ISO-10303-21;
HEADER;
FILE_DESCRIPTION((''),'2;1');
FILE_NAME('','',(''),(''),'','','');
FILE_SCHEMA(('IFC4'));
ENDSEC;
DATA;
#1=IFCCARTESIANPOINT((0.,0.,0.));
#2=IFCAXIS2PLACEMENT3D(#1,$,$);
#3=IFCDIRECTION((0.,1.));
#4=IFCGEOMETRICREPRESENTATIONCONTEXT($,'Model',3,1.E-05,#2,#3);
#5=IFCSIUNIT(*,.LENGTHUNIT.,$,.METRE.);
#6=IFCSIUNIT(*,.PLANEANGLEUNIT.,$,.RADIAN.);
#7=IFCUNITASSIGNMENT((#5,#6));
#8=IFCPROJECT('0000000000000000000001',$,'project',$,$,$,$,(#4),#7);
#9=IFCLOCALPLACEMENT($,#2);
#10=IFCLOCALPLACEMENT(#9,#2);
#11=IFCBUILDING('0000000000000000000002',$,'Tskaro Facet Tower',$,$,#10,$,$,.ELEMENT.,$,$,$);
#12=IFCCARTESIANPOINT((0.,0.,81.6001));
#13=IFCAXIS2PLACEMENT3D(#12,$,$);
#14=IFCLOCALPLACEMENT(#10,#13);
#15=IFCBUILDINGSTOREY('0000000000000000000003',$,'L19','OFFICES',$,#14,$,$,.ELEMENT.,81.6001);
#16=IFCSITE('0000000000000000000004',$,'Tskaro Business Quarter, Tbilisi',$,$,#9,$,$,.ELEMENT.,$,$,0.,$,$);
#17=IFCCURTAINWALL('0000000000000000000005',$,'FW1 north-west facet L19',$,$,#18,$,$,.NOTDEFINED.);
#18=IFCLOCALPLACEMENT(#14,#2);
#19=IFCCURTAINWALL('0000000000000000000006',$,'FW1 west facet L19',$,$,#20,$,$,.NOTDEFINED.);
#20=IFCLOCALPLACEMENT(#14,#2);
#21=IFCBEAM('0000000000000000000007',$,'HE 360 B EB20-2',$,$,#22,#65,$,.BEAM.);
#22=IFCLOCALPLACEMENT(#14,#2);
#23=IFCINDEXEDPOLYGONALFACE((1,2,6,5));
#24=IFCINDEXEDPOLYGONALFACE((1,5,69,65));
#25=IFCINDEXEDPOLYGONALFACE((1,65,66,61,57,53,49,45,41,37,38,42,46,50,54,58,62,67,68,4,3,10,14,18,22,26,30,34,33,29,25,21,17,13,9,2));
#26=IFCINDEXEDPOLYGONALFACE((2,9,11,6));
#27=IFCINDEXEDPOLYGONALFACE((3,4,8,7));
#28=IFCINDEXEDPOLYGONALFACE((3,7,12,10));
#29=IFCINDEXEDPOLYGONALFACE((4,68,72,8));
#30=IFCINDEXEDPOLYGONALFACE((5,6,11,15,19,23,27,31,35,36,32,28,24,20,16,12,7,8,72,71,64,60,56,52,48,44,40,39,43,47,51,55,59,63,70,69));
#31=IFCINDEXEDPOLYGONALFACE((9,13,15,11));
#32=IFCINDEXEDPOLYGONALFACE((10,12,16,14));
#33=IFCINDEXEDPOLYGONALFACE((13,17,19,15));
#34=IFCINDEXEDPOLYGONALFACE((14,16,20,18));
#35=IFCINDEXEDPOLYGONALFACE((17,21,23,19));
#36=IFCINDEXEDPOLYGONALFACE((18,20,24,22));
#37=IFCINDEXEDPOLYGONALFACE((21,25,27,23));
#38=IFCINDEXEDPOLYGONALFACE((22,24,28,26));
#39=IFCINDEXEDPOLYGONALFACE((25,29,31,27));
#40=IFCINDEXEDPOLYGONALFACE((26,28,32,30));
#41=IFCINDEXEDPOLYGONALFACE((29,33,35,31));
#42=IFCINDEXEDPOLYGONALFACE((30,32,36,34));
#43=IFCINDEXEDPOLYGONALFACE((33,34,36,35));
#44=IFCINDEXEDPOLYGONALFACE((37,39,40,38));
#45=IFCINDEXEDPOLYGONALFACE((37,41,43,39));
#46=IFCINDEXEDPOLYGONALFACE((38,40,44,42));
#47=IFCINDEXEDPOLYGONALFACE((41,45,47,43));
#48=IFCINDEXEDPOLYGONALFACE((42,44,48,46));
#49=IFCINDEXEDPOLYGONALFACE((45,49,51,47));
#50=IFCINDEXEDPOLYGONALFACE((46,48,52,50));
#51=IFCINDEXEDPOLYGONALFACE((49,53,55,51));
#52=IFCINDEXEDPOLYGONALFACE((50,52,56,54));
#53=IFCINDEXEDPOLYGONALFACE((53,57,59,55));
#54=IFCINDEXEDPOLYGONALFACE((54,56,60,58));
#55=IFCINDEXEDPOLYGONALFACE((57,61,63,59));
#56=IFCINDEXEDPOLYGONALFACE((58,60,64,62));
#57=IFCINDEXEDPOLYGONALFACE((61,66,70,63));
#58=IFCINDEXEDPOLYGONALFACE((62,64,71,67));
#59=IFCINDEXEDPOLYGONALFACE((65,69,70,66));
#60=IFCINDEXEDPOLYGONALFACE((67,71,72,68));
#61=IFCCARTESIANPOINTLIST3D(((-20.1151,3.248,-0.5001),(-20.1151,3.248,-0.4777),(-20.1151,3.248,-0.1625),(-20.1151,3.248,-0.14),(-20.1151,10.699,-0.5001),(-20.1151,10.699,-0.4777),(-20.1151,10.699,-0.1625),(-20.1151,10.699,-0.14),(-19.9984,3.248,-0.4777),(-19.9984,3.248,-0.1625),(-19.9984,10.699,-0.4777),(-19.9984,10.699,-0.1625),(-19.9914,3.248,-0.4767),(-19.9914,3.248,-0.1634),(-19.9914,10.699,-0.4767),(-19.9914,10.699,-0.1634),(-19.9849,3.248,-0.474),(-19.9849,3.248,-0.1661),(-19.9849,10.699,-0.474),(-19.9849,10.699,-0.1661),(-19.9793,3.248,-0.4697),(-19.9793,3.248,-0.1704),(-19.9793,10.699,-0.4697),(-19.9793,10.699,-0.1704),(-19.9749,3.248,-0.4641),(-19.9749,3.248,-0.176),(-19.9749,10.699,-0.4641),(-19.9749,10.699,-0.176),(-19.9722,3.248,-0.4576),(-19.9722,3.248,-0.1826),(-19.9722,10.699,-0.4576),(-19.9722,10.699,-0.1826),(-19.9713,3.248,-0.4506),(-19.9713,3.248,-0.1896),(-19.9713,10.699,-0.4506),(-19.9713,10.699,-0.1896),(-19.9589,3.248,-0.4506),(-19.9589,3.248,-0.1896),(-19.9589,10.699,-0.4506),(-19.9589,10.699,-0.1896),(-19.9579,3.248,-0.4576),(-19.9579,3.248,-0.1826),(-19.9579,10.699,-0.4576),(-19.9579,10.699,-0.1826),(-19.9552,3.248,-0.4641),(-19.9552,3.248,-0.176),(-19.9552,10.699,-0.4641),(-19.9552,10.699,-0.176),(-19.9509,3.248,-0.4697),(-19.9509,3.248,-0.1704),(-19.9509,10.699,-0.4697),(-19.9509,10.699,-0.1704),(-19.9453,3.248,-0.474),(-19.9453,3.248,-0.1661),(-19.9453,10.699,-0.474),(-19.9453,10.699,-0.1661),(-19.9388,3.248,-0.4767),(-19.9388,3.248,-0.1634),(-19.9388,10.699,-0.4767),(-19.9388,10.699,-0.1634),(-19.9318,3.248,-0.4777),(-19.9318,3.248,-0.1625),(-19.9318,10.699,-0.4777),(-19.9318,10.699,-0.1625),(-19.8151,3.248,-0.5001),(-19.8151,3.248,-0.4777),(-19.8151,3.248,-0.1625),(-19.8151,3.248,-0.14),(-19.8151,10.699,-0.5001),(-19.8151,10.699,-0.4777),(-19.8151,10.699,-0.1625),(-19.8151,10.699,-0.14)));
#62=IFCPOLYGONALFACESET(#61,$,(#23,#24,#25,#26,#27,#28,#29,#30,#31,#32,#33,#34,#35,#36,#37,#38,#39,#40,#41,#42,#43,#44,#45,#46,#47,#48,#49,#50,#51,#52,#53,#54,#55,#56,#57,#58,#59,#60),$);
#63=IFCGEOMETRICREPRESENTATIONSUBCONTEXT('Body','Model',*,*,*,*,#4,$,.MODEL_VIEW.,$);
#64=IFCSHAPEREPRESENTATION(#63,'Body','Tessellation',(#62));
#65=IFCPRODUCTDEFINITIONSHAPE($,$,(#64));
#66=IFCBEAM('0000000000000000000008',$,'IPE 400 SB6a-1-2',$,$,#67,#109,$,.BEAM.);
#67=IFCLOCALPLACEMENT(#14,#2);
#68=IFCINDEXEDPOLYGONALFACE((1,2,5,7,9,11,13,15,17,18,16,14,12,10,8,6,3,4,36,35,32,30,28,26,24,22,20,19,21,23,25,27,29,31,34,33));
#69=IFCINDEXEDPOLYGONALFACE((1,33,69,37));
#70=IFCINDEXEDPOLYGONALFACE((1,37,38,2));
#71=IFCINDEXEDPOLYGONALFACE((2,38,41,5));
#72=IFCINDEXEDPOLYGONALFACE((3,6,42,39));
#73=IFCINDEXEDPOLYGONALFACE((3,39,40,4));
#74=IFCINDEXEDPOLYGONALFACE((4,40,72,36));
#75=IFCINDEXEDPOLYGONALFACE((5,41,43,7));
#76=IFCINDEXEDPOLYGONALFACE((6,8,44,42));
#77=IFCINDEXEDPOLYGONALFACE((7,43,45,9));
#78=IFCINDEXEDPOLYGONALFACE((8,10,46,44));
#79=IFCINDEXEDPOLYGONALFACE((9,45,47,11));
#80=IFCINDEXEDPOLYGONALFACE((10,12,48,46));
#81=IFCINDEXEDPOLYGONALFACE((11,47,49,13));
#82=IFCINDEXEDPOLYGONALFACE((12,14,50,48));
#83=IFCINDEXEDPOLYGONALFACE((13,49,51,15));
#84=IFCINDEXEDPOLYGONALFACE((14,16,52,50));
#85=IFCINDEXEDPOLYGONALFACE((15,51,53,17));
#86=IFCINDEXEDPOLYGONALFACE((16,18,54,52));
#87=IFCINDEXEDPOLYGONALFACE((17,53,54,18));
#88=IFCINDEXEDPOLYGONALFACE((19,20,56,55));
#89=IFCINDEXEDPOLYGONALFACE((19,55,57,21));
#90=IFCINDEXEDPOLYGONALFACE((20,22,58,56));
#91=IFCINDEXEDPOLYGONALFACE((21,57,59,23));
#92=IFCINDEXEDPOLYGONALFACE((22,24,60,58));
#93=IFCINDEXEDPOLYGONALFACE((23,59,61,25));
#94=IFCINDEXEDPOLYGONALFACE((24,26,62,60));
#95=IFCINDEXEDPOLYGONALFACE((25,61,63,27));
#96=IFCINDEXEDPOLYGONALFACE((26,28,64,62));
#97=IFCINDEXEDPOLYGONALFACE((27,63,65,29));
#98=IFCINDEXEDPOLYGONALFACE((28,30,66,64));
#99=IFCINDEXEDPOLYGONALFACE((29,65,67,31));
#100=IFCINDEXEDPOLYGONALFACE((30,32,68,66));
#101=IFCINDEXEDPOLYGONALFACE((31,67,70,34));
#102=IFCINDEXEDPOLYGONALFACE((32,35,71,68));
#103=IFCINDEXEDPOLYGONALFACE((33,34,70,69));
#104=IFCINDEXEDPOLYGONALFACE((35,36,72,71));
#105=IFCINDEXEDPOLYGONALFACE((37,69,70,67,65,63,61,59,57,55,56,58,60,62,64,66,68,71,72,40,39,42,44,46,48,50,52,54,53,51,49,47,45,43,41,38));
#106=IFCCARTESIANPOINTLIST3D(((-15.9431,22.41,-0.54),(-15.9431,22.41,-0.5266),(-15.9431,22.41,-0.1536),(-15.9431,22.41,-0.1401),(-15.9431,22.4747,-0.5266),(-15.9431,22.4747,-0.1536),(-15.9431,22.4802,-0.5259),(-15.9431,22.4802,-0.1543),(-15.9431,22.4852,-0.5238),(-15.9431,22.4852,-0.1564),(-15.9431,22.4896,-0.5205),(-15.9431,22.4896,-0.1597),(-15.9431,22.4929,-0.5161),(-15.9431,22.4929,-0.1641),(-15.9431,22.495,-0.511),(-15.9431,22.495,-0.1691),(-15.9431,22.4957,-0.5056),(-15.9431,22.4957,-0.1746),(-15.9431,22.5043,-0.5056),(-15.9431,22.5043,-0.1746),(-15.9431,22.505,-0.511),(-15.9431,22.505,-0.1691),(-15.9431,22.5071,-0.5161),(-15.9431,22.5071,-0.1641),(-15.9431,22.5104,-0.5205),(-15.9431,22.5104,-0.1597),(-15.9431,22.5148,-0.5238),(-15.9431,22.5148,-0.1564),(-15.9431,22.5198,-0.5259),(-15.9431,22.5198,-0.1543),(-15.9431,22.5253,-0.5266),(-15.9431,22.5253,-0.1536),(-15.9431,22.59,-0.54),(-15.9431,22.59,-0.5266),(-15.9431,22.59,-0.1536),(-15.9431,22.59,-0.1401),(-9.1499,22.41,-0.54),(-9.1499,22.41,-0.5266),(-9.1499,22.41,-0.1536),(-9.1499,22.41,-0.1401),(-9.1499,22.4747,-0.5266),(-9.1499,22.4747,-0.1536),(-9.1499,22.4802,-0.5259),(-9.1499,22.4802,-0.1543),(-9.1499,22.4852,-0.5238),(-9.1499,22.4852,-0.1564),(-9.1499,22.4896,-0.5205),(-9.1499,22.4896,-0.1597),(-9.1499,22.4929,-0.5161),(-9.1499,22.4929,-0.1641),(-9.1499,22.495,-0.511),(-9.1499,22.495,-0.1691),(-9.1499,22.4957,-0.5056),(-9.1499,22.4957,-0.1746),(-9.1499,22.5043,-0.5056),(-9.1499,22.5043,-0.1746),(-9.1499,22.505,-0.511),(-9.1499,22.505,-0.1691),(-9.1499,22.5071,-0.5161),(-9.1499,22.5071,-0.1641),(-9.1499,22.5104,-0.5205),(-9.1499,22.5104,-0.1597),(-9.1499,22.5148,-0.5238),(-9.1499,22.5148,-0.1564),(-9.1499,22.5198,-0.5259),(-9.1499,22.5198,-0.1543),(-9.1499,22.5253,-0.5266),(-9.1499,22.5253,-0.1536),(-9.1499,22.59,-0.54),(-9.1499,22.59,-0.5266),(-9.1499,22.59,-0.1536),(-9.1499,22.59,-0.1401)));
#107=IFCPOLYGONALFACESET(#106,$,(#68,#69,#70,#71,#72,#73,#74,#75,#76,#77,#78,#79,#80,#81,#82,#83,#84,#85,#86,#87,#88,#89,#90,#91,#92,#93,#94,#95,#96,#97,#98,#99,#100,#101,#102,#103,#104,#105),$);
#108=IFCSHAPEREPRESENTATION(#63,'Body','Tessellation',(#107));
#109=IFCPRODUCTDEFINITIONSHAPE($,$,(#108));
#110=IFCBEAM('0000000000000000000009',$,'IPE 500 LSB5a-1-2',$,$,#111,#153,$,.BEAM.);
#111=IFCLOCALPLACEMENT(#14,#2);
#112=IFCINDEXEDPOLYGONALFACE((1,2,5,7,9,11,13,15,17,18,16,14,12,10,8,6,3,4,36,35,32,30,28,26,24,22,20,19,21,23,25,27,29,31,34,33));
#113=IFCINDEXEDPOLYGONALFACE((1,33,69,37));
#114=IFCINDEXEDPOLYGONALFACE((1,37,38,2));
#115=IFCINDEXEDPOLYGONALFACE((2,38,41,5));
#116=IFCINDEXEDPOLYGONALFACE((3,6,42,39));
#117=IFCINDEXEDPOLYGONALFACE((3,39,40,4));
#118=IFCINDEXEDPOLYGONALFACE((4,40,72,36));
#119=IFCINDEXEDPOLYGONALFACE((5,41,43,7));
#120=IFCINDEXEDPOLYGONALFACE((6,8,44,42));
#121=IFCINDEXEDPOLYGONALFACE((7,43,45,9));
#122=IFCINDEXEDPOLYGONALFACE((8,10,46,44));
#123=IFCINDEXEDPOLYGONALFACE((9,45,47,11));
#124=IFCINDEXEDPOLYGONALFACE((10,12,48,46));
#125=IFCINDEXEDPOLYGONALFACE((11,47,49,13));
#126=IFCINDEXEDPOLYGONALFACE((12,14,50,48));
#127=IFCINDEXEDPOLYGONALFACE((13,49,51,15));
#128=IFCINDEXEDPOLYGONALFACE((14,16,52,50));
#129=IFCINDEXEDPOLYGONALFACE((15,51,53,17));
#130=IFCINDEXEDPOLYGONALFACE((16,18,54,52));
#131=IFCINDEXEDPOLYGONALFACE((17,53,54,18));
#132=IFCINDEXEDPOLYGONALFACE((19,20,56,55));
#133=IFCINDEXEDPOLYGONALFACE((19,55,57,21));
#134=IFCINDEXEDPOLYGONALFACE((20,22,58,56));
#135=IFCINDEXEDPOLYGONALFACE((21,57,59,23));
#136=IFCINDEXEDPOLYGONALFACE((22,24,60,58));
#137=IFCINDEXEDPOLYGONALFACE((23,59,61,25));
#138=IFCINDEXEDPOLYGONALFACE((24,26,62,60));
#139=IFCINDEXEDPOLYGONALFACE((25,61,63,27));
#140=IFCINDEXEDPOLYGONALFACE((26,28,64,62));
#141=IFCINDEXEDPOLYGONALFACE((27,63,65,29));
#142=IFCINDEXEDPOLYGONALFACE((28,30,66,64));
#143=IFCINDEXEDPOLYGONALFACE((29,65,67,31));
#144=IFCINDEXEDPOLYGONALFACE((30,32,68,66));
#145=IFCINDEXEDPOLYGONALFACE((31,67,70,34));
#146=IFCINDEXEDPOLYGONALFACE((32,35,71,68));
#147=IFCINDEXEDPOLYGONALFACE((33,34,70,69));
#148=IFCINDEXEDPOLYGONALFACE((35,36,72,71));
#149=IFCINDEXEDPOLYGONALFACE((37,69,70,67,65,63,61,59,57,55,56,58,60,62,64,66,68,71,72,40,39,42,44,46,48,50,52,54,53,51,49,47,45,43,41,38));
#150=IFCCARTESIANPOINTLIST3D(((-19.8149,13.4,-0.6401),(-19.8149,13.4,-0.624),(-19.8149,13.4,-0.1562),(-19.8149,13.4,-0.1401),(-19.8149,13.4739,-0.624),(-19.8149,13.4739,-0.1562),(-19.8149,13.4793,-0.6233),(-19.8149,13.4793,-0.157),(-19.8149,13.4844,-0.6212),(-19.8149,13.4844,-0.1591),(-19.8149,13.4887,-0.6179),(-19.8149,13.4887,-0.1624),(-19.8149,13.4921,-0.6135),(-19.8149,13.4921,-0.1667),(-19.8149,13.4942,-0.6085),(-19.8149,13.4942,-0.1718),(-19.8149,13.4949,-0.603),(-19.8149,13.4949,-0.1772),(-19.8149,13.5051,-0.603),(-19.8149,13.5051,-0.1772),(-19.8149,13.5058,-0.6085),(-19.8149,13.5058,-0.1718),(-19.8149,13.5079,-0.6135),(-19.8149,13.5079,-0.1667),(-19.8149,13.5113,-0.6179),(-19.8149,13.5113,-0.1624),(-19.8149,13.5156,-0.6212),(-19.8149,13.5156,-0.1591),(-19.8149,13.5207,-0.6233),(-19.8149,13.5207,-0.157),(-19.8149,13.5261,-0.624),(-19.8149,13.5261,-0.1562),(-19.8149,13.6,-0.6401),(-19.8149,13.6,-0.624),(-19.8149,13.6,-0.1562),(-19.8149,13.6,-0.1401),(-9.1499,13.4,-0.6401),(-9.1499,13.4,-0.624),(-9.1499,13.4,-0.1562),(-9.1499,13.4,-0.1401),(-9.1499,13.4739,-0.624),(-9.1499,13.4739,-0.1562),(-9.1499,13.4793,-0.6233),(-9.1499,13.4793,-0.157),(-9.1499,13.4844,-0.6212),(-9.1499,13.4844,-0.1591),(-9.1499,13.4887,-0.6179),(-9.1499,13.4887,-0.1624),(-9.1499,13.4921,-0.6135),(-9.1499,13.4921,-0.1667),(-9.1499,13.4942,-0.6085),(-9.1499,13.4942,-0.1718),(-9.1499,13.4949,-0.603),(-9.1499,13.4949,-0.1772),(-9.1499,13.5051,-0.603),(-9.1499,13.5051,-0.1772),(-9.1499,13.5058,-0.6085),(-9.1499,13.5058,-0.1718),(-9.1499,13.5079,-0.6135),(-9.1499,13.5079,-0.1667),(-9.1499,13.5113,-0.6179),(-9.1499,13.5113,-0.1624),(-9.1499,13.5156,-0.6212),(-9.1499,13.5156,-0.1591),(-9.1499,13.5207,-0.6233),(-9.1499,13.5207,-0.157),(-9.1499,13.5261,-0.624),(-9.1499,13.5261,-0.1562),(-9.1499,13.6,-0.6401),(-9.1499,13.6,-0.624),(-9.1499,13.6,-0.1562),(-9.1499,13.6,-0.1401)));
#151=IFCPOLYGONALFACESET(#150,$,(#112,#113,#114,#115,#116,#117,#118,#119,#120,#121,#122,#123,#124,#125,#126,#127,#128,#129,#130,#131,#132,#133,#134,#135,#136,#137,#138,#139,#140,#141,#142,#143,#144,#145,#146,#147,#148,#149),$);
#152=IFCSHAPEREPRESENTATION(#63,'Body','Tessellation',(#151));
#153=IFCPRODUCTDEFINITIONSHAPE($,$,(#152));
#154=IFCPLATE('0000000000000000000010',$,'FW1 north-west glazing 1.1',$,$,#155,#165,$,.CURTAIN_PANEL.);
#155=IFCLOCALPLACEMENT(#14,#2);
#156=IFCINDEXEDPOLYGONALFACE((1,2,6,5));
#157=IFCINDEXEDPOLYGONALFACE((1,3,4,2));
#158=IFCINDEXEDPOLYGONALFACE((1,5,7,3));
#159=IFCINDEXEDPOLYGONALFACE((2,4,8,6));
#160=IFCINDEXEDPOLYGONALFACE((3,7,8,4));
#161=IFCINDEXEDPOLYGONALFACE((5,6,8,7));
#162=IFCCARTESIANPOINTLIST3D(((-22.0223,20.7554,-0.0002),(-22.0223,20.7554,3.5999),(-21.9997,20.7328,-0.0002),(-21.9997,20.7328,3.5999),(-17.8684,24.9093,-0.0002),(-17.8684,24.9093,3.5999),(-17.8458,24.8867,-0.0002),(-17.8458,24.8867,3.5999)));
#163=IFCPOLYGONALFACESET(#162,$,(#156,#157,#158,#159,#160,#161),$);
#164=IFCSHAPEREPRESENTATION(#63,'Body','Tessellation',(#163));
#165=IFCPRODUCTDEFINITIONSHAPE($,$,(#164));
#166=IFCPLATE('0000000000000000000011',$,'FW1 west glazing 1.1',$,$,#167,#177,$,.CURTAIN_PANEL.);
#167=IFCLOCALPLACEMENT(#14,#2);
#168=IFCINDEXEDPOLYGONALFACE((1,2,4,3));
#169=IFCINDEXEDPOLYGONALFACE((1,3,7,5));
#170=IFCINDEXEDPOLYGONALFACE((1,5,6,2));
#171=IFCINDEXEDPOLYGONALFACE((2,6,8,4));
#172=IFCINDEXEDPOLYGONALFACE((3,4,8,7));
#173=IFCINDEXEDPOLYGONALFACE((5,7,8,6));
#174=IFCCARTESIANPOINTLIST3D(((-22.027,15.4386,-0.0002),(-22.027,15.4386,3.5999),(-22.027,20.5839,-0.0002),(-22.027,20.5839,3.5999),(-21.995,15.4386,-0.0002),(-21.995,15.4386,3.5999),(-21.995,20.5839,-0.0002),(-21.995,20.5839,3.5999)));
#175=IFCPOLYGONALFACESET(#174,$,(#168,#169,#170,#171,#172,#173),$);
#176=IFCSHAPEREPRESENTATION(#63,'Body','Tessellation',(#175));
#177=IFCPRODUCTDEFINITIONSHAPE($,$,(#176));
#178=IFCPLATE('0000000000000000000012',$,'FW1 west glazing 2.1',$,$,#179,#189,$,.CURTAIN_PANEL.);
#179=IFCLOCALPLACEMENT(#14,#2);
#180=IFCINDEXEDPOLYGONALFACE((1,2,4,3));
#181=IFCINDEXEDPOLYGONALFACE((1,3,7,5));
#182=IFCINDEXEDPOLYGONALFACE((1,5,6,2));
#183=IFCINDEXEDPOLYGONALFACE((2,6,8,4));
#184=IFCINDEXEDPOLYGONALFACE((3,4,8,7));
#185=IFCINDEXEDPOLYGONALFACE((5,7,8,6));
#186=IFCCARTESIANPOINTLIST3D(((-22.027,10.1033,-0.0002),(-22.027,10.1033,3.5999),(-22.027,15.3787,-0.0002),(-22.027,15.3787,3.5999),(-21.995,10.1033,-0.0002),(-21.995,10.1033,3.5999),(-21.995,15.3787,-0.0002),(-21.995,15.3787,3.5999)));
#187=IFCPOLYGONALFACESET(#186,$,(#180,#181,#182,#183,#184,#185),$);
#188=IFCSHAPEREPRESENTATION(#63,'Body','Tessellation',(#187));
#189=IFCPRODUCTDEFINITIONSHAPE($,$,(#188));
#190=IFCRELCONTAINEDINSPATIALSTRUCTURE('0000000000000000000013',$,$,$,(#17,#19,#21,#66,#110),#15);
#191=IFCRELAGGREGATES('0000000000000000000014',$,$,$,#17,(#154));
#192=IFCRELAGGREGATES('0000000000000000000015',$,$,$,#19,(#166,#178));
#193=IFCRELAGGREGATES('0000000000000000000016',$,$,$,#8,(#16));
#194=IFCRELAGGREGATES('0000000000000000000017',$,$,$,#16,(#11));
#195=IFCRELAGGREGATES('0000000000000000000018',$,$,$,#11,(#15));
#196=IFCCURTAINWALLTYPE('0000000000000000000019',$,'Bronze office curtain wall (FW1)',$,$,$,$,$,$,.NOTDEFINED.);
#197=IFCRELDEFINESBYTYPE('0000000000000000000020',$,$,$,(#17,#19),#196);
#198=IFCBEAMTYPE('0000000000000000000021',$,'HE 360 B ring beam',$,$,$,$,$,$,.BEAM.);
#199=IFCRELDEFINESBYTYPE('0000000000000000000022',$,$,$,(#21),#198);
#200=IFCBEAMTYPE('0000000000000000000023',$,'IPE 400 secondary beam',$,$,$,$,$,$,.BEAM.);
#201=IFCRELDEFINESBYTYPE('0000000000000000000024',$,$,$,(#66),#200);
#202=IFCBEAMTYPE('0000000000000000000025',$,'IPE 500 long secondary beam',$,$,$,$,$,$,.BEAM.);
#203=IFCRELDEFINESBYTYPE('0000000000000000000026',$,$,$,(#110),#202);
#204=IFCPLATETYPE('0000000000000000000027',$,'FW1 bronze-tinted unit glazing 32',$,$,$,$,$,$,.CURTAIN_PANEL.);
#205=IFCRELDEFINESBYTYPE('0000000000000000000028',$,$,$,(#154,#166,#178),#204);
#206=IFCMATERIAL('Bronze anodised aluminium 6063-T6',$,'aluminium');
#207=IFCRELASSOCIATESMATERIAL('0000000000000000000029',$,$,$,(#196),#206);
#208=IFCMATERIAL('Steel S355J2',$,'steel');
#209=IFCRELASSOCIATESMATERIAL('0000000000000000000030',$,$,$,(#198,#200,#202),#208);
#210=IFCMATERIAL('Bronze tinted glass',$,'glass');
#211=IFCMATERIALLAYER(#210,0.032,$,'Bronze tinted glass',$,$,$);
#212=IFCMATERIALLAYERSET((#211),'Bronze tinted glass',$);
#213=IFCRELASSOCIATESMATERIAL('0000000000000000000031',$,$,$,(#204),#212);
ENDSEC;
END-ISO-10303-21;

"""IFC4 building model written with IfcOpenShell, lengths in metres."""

from ifc_helpers import new_model, si_unit, direction, frame, origin, origin_2d, place, context, subcontext, project, spatial, rectangle, i_section, extrude, material, layer, layer_set, material_profile, profile_set, type_object, element, aggregate, save


model = new_model("IFC4")

# Units and contexts
model_context = context("Model", 3, precision=1e-05, world=origin(), true_north=direction((0.0, 1.0)))
body_context = subcontext(model_context, "Body", "Model", "MODEL_VIEW")
ifc_project = project(units=[si_unit("LENGTHUNIT", "METRE"), si_unit("PLANEANGLEUNIT", "RADIAN")], contexts=[model_context])

# Site, building, storey
site_placement = place(None, origin())
site = spatial("IfcSite", under=ifc_project, at=site_placement, Name="Tskaro Business Quarter, Tbilisi", CompositionType="ELEMENT", RefElevation=0.0)
building_placement = place(site_placement, origin())
building = spatial("IfcBuilding", under=site, at=building_placement, Name="Tskaro Facet Tower", CompositionType="ELEMENT")
storey_placement = place(building_placement, frame((0.0, 0.0, 81.6001)))
storey = spatial("IfcBuildingStorey", under=building, at=storey_placement, Name="L19", Description="OFFICES", CompositionType="ELEMENT", Elevation=81.6001)

# Curtain wall
ifc_material_1 = material(Name="Bronze anodised aluminium 6063-T6", Category="aluminium")
curtain_wall_type = type_object("IfcCurtainWallType", Name="Bronze office curtain wall (FW1)", PredefinedType="NOTDEFINED", material=ifc_material_1)
curtain_wall_1_placement = place(storey_placement, origin())
curtain_wall_1 = element("IfcCurtainWall", 1, at=curtain_wall_1_placement, inside=storey, type_object=curtain_wall_type, Name="FW1 north-west facet L19", PredefinedType="NOTDEFINED")

# Curtain wall
curtain_wall_2_placement = place(storey_placement, origin())
curtain_wall_2 = element("IfcCurtainWall", 2, at=curtain_wall_2_placement, inside=storey, type_object=curtain_wall_type, Name="FW1 west facet L19", PredefinedType="NOTDEFINED")

# Beams
ifc_material_2 = material(Name="Steel S355J2", Category="steel")
ifc_material_profile_1 = material_profile(ifc_material_2, i_section(OverallWidth=0.3, OverallDepth=0.3601, WebThickness=0.0125, FlangeThickness=0.0225, FilletRadius=0.0271, at=origin_2d()), Name="HE 360 B")
ifc_profile_set_1 = profile_set([ifc_material_profile_1], Name="Steel S355J2")
beam_type_1 = type_object("IfcBeamType", Name="HE 360 B ring beam", PredefinedType="BEAM", material=ifc_profile_set_1)
for number, where, z_axis, x_axis, name in (
    (3, (-19.9651, 10.699, -0.3201), (0.0, -1.0, 0.0), (1.0, 0.0, 0.0), "HE 360 B EB20-2"),
):
    element("IfcBeam", number, at=place(storey_placement, frame(where, z_axis=z_axis, x_axis=x_axis)), inside=storey, type_object=beam_type_1, Name=name, PredefinedType="BEAM", context=body_context, shape_type="SweptSolid", body=[
        extrude(i_section(OverallWidth=0.3, OverallDepth=0.3601, WebThickness=0.0125, FlangeThickness=0.0225, FilletRadius=0.0271, at=origin_2d()), origin(), (0.0, 0.0, 1.0), 7.4509),
    ])
ifc_material_profile_2 = material_profile(ifc_material_2, i_section(OverallWidth=0.1799, OverallDepth=0.3999, WebThickness=0.0085, FlangeThickness=0.0134, FilletRadius=0.021, at=origin_2d()), Name="IPE 400")
ifc_profile_set_2 = profile_set([ifc_material_profile_2], Name="Steel S355J2")
beam_type_2 = type_object("IfcBeamType", Name="IPE 400 secondary beam", PredefinedType="BEAM", material=ifc_profile_set_2)
beam_1_placement = place(storey_placement, frame((-15.9431, 22.5, -0.3401), z_axis=(1.0, 0.0, 0.0), x_axis=(0.0, 1.0, 0.0)))
element("IfcBeam", 4, at=beam_1_placement, inside=storey, type_object=beam_type_2, Name="IPE 400 SB6a-1-2", PredefinedType="BEAM", context=body_context, shape_type="SweptSolid", body=[
    extrude(i_section(OverallWidth=0.1799, OverallDepth=0.3999, WebThickness=0.0085, FlangeThickness=0.0134, FilletRadius=0.021, at=origin_2d()), origin(), (0.0, 0.0, 1.0), 6.7932),
])
ifc_material_profile_3 = material_profile(ifc_material_2, i_section(OverallWidth=0.2, OverallDepth=0.5, WebThickness=0.0103, FlangeThickness=0.0161, FilletRadius=0.021, at=origin_2d()), Name="IPE 500")
ifc_profile_set_3 = profile_set([ifc_material_profile_3], Name="Steel S355J2")
beam_type_3 = type_object("IfcBeamType", Name="IPE 500 long secondary beam", PredefinedType="BEAM", material=ifc_profile_set_3)
beam_2_placement = place(storey_placement, frame((-19.8149, 13.5, -0.3901), z_axis=(1.0, 0.0, 0.0), x_axis=(0.0, 1.0, 0.0)))
element("IfcBeam", 5, at=beam_2_placement, inside=storey, type_object=beam_type_3, Name="IPE 500 LSB5a-1-2", PredefinedType="BEAM", context=body_context, shape_type="SweptSolid", body=[
    extrude(i_section(OverallWidth=0.2, OverallDepth=0.5, WebThickness=0.0103, FlangeThickness=0.0161, FilletRadius=0.021, at=origin_2d()), origin(), (0.0, 0.0, 1.0), 10.665),
])

# Plates
ifc_material_3 = material(Name="Bronze tinted glass", Category="glass")
ifc_layer_1 = layer(ifc_material_3, 0.032, Name="Bronze tinted glass")
ifc_layer_set_1 = layer_set([ifc_layer_1], Name="Bronze tinted glass")
plate_type = type_object("IfcPlateType", Name="FW1 bronze-tinted unit glazing 32", PredefinedType="CURTAIN_PANEL", material=ifc_layer_set_1)
plate_1_placement = place(storey_placement, frame((-19.9341, 22.821, -0.0002), z_axis=(0.0, 0.0, 1.0), x_axis=(-0.707107, -0.707107, 0.0)))
plate_1 = element("IfcPlate", 6, at=plate_1_placement, type_object=plate_type, Name="FW1 north-west glazing 1.1", PredefinedType="CURTAIN_PANEL", context=body_context, shape_type="SweptSolid", body=[
    extrude(rectangle(XDim=5.8745, YDim=0.032, at=origin_2d()), origin(), (0.0, 0.0, 1.0), 3.6001),
])
aggregate(curtain_wall_1, [plate_1])
plate_2_placement = place(storey_placement, frame((-22.011, 18.0112, -0.0002), z_axis=(0.0, 0.0, 1.0), x_axis=(0.0, -1.0, 0.0)))
plate_2 = element("IfcPlate", 7, at=plate_2_placement, type_object=plate_type, Name="FW1 west glazing 1.1", PredefinedType="CURTAIN_PANEL", context=body_context, shape_type="SweptSolid", body=[
    extrude(rectangle(XDim=5.1453, YDim=0.032, at=origin_2d()), origin(), (0.0, 0.0, 1.0), 3.6001),
])
plate_3_placement = place(storey_placement, frame((-22.011, 12.741, -0.0002), z_axis=(0.0, 0.0, 1.0), x_axis=(0.0, -1.0, 0.0)))
plate_3 = element("IfcPlate", 8, at=plate_3_placement, type_object=plate_type, Name="FW1 west glazing 2.1", PredefinedType="CURTAIN_PANEL", context=body_context, shape_type="SweptSolid", body=[
    extrude(rectangle(XDim=5.2754, YDim=0.032, at=origin_2d()), origin(), (0.0, 0.0, 1.0), 3.6001),
])
aggregate(curtain_wall_2, [plate_2, plate_3])

save(model, "model.ifc")
